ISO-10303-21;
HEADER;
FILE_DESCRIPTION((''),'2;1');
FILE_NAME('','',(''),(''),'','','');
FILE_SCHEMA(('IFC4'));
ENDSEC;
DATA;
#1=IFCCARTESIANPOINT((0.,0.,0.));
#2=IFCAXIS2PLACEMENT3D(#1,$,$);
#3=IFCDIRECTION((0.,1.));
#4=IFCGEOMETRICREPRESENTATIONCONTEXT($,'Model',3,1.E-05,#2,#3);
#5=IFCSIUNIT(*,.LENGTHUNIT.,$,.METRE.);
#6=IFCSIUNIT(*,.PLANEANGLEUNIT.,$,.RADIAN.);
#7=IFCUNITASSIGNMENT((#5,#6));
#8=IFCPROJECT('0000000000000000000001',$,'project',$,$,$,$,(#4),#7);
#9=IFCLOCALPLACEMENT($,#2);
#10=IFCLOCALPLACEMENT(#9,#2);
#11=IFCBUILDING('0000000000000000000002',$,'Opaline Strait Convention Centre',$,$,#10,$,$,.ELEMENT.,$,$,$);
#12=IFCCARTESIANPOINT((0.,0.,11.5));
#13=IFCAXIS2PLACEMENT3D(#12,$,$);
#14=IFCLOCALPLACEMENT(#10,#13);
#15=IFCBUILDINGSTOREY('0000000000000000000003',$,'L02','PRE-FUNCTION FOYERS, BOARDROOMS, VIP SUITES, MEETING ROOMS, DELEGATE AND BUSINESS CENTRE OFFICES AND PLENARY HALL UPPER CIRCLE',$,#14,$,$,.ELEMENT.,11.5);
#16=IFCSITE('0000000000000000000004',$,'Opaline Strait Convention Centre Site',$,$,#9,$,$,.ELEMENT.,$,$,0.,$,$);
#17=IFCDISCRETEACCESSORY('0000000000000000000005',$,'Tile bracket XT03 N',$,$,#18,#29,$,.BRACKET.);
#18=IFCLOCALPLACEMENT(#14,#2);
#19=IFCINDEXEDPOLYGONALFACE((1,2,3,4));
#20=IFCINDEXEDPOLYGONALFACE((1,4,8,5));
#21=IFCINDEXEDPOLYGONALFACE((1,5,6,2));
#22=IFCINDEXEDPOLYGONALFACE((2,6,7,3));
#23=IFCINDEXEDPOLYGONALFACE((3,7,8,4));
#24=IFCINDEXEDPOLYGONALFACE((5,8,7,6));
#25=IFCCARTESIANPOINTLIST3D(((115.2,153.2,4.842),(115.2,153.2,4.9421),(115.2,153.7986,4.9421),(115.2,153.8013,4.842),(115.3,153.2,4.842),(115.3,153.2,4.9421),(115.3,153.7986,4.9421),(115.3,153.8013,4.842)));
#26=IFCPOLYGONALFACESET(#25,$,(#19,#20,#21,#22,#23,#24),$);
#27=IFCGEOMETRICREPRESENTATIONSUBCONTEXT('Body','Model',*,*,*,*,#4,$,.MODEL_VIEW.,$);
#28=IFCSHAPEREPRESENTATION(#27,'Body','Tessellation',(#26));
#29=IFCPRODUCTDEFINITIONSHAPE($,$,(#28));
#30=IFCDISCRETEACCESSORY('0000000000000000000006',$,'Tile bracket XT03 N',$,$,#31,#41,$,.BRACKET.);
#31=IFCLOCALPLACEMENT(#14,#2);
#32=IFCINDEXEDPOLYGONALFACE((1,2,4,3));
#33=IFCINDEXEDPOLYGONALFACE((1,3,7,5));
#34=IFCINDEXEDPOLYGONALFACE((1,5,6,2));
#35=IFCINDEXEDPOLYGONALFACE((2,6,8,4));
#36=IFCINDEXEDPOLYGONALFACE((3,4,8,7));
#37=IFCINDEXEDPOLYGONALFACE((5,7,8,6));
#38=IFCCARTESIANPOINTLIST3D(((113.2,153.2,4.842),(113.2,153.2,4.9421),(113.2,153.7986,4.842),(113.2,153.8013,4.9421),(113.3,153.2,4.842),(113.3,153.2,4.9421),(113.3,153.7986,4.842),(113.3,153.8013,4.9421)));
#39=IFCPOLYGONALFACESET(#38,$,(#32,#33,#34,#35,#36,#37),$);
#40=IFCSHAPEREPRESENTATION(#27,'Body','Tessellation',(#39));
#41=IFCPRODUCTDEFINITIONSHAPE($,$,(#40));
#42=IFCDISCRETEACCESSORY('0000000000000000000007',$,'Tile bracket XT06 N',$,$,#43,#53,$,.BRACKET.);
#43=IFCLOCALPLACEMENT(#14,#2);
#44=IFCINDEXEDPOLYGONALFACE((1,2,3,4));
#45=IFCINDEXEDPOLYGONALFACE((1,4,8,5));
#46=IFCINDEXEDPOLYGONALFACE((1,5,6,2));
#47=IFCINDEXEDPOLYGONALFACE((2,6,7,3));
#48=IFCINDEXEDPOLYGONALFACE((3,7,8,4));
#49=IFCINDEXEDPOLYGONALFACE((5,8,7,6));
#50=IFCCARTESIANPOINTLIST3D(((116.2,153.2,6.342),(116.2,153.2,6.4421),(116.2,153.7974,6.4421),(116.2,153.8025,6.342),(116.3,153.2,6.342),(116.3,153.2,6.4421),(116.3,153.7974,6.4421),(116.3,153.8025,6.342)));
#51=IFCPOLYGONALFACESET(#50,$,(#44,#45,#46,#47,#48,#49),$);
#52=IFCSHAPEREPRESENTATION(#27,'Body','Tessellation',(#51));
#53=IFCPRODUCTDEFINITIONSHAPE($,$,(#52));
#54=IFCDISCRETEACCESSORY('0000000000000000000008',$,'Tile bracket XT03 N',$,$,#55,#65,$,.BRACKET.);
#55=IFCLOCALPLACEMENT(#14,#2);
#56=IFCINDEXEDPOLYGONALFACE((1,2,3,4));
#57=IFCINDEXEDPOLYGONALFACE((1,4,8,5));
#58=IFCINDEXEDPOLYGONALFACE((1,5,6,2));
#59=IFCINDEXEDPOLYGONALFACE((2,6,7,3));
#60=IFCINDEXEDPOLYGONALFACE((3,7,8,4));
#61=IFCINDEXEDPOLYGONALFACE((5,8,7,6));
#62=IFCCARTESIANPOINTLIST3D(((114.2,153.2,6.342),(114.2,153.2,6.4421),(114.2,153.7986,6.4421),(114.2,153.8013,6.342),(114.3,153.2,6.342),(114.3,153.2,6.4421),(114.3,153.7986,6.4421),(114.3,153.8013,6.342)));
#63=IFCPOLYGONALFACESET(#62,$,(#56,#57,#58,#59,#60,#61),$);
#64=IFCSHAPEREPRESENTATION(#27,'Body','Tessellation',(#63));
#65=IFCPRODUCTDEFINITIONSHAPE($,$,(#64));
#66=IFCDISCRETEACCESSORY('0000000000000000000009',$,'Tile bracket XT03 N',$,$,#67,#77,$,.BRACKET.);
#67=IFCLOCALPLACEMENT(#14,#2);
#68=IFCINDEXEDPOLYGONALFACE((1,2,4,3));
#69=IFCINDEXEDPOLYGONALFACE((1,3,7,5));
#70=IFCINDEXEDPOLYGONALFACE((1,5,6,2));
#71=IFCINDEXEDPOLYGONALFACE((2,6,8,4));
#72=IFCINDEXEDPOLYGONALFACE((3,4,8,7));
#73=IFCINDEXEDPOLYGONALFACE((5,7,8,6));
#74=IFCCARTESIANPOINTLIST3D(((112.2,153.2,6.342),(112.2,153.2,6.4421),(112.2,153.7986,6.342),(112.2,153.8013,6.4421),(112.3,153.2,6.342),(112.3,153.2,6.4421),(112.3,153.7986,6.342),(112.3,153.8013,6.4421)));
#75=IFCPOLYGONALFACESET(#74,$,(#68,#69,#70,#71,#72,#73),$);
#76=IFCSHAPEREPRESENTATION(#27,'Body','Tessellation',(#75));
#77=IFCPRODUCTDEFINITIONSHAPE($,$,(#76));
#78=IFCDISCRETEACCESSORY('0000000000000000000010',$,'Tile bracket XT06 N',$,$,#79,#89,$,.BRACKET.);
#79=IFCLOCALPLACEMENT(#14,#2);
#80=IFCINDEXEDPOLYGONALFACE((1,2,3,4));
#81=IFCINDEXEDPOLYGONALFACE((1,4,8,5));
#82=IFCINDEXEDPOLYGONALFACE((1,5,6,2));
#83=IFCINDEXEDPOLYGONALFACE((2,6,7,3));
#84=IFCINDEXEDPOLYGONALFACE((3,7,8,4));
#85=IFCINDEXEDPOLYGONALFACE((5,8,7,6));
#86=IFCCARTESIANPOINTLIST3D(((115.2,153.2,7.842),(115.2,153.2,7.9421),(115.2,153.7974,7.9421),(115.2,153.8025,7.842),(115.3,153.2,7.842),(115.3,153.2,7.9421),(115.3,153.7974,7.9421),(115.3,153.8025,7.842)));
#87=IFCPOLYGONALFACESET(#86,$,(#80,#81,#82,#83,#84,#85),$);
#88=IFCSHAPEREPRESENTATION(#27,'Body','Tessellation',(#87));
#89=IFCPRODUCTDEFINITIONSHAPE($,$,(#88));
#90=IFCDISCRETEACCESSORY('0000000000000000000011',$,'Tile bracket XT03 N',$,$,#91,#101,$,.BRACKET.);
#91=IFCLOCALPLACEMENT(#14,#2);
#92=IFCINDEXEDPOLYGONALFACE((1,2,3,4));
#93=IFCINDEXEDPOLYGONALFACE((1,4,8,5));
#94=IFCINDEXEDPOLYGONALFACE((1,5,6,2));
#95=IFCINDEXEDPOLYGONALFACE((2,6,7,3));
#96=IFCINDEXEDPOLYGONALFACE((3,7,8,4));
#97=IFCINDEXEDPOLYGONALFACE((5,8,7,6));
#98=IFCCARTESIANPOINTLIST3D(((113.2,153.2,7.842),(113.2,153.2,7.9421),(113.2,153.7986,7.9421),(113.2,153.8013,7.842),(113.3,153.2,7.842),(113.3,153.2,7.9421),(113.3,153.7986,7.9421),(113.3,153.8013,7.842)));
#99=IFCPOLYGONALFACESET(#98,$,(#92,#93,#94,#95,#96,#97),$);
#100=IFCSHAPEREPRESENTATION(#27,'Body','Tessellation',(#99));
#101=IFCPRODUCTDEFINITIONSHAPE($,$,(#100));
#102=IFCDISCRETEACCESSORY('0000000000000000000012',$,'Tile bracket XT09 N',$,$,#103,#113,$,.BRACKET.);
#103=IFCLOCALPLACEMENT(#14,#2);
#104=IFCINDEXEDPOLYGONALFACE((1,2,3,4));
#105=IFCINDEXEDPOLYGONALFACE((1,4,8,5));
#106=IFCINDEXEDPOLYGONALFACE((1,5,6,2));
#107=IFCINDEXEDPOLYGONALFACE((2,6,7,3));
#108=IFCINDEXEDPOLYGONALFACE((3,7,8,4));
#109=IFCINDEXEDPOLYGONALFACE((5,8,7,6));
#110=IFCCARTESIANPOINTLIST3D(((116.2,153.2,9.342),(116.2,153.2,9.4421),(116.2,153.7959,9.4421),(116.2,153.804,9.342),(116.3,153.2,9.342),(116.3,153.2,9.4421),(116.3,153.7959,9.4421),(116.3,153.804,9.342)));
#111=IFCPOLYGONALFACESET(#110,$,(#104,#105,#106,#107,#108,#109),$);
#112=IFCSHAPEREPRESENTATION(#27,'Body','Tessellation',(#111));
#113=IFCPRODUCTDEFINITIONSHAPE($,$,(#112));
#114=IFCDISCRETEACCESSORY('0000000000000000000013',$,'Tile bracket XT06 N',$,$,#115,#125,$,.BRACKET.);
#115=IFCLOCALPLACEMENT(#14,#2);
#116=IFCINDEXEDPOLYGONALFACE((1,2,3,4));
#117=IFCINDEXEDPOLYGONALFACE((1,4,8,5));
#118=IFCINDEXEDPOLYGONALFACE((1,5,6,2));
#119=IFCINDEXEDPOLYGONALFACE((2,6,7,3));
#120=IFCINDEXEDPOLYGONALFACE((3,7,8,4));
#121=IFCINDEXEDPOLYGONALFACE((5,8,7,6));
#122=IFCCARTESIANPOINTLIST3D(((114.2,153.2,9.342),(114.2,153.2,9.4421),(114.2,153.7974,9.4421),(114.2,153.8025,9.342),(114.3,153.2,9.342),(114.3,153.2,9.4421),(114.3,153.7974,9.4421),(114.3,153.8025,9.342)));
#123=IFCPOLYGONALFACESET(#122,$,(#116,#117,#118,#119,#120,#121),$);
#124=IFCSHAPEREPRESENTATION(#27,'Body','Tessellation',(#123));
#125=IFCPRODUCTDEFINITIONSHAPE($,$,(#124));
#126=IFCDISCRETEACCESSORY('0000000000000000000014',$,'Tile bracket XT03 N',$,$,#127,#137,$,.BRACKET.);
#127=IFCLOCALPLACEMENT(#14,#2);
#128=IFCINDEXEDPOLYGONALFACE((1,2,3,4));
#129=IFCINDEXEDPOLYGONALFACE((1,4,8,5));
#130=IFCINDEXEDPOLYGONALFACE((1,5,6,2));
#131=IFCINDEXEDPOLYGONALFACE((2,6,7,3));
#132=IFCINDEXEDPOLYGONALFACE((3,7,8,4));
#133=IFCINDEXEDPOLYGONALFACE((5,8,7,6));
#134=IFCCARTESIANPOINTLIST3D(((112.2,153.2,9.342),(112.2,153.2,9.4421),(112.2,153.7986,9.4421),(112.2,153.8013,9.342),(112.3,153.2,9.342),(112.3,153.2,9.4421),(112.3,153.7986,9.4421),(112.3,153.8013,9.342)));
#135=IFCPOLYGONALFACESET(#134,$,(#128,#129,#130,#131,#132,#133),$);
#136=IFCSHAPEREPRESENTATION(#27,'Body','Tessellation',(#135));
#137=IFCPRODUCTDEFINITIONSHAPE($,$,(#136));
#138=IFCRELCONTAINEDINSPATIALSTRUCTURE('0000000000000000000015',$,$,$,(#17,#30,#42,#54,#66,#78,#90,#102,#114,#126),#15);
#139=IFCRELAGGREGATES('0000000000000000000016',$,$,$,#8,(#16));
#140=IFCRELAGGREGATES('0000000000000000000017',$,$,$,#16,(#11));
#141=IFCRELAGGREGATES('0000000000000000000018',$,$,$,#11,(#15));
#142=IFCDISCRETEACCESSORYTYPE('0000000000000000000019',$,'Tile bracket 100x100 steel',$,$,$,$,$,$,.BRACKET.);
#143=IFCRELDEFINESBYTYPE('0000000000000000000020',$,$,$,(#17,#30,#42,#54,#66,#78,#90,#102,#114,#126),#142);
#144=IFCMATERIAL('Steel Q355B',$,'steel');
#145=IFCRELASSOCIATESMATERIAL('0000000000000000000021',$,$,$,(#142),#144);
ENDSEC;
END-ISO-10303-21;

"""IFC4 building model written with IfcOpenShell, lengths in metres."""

from ifc_helpers import new_model, si_unit, direction, frame, origin, place, context, subcontext, project, spatial, polyline, outline, extrude, material, type_object, element, save


model = new_model("IFC4")

# Units and contexts
model_context = context("Model", 3, precision=1e-05, world=origin(), true_north=direction((0.0, 1.0)))
body_context = subcontext(model_context, "Body", "Model", "MODEL_VIEW")
ifc_project = project(units=[si_unit("LENGTHUNIT", "METRE"), si_unit("PLANEANGLEUNIT", "RADIAN")], contexts=[model_context])

# Site, building, storey
site_placement = place(None, origin())
site = spatial("IfcSite", under=ifc_project, at=site_placement, Name="Opaline Strait Convention Centre Site", CompositionType="ELEMENT", RefElevation=0.0)
building_placement = place(site_placement, origin())
building = spatial("IfcBuilding", under=site, at=building_placement, Name="Opaline Strait Convention Centre", CompositionType="ELEMENT")
storey_placement = place(building_placement, frame((0.0, 0.0, 11.5)))
storey = spatial("IfcBuildingStorey", under=building, at=storey_placement, Name="L02", Description="PRE-FUNCTION FOYERS, BOARDROOMS, VIP SUITES, MEETING ROOMS, DELEGATE AND BUSINESS CENTRE OFFICES AND PLENARY HALL UPPER CIRCLE", CompositionType="ELEMENT", Elevation=11.5)

# Shared definitions
ifc_material_1 = material(Name="Steel Q355B", Category="steel")

# Discrete accessories
discrete_accessory_type = type_object("IfcDiscreteAccessoryType", Name="Tile bracket 100x100 steel", PredefinedType="BRACKET", material=ifc_material_1)
discrete_accessory_1_placement = place(storey_placement, frame((115.3, 153.2, 4.8921), z_axis=(-1.0, 0.0, 0.0), x_axis=(0.0, -1.0, 0.0)))
element("IfcDiscreteAccessory", 1, at=discrete_accessory_1_placement, inside=storey, type_object=discrete_accessory_type, Name="Tile bracket XT03 N", PredefinedType="BRACKET", context=body_context, shape_type="SweptSolid", body=[
    extrude(outline(polyline([(0.0, -0.05), (0.0, 0.05), (-0.5986, 0.05), (-0.6013, -0.05), (0.0, -0.05)])), origin(), (0.0, 0.0, 1.0), 0.1001),
])
discrete_accessory_2_placement = place(storey_placement, frame((113.3, 153.2, 4.8921), z_axis=(-1.0, 0.0, 0.0), x_axis=(0.0, -1.0, 0.0)))
element("IfcDiscreteAccessory", 2, at=discrete_accessory_2_placement, inside=storey, type_object=discrete_accessory_type, Name="Tile bracket XT03 N", PredefinedType="BRACKET", context=body_context, shape_type="SweptSolid", body=[
    extrude(outline(polyline([(0.0, -0.05), (0.0, 0.05), (-0.6013, 0.05), (-0.5986, -0.05), (0.0, -0.05)])), origin(), (0.0, 0.0, 1.0), 0.1001),
])
discrete_accessory_3_placement = place(storey_placement, frame((116.3, 153.2, 6.3921), z_axis=(-1.0, 0.0, 0.0), x_axis=(0.0, -1.0, 0.0)))
element("IfcDiscreteAccessory", 3, at=discrete_accessory_3_placement, inside=storey, type_object=discrete_accessory_type, Name="Tile bracket XT06 N", PredefinedType="BRACKET", context=body_context, shape_type="SweptSolid", body=[
    extrude(outline(polyline([(0.0, -0.05), (0.0, 0.05), (-0.5974, 0.05), (-0.6025, -0.05), (0.0, -0.05)])), origin(), (0.0, 0.0, 1.0), 0.1001),
])
discrete_accessory_4_placement = place(storey_placement, frame((114.3, 153.2, 6.3921), z_axis=(-1.0, 0.0, 0.0), x_axis=(0.0, -1.0, 0.0)))
element("IfcDiscreteAccessory", 4, at=discrete_accessory_4_placement, inside=storey, type_object=discrete_accessory_type, Name="Tile bracket XT03 N", PredefinedType="BRACKET", context=body_context, shape_type="SweptSolid", body=[
    extrude(outline(polyline([(0.0, -0.05), (0.0, 0.05), (-0.5986, 0.05), (-0.6013, -0.05), (0.0, -0.05)])), origin(), (0.0, 0.0, 1.0), 0.1001),
])
discrete_accessory_5_placement = place(storey_placement, frame((112.3, 153.2, 6.3921), z_axis=(-1.0, 0.0, 0.0), x_axis=(0.0, -1.0, 0.0)))
element("IfcDiscreteAccessory", 5, at=discrete_accessory_5_placement, inside=storey, type_object=discrete_accessory_type, Name="Tile bracket XT03 N", PredefinedType="BRACKET", context=body_context, shape_type="SweptSolid", body=[
    extrude(outline(polyline([(0.0, -0.05), (0.0, 0.05), (-0.6013, 0.05), (-0.5986, -0.05), (0.0, -0.05)])), origin(), (0.0, 0.0, 1.0), 0.1001),
])
discrete_accessory_6_placement = place(storey_placement, frame((115.3, 153.2, 7.8921), z_axis=(-1.0, 0.0, 0.0), x_axis=(0.0, -1.0, 0.0)))
element("IfcDiscreteAccessory", 6, at=discrete_accessory_6_placement, inside=storey, type_object=discrete_accessory_type, Name="Tile bracket XT06 N", PredefinedType="BRACKET", context=body_context, shape_type="SweptSolid", body=[
    extrude(outline(polyline([(0.0, -0.05), (0.0, 0.05), (-0.5974, 0.05), (-0.6025, -0.05), (0.0, -0.05)])), origin(), (0.0, 0.0, 1.0), 0.1001),
])
discrete_accessory_7_placement = place(storey_placement, frame((113.3, 153.2, 7.8921), z_axis=(-1.0, 0.0, 0.0), x_axis=(0.0, -1.0, 0.0)))
element("IfcDiscreteAccessory", 7, at=discrete_accessory_7_placement, inside=storey, type_object=discrete_accessory_type, Name="Tile bracket XT03 N", PredefinedType="BRACKET", context=body_context, shape_type="SweptSolid", body=[
    extrude(outline(polyline([(0.0, -0.05), (0.0, 0.05), (-0.5986, 0.05), (-0.6013, -0.05), (0.0, -0.05)])), origin(), (0.0, 0.0, 1.0), 0.1001),
])
discrete_accessory_8_placement = place(storey_placement, frame((116.3, 153.2, 9.3921), z_axis=(-1.0, 0.0, 0.0), x_axis=(0.0, -1.0, 0.0)))
element("IfcDiscreteAccessory", 8, at=discrete_accessory_8_placement, inside=storey, type_object=discrete_accessory_type, Name="Tile bracket XT09 N", PredefinedType="BRACKET", context=body_context, shape_type="SweptSolid", body=[
    extrude(outline(polyline([(0.0, -0.05), (0.0, 0.05), (-0.5959, 0.05), (-0.604, -0.05), (0.0, -0.05)])), origin(), (0.0, 0.0, 1.0), 0.1001),
])
discrete_accessory_9_placement = place(storey_placement, frame((114.3, 153.2, 9.3921), z_axis=(-1.0, 0.0, 0.0), x_axis=(0.0, -1.0, 0.0)))
element("IfcDiscreteAccessory", 9, at=discrete_accessory_9_placement, inside=storey, type_object=discrete_accessory_type, Name="Tile bracket XT06 N", PredefinedType="BRACKET", context=body_context, shape_type="SweptSolid", body=[
    extrude(outline(polyline([(0.0, -0.05), (0.0, 0.05), (-0.5974, 0.05), (-0.6025, -0.05), (0.0, -0.05)])), origin(), (0.0, 0.0, 1.0), 0.1001),
])
discrete_accessory_10_placement = place(storey_placement, frame((112.3, 153.2, 9.3921), z_axis=(-1.0, 0.0, 0.0), x_axis=(0.0, -1.0, 0.0)))
element("IfcDiscreteAccessory", 10, at=discrete_accessory_10_placement, inside=storey, type_object=discrete_accessory_type, Name="Tile bracket XT03 N", PredefinedType="BRACKET", context=body_context, shape_type="SweptSolid", body=[
    extrude(outline(polyline([(0.0, -0.05), (0.0, 0.05), (-0.5986, 0.05), (-0.6013, -0.05), (0.0, -0.05)])), origin(), (0.0, 0.0, 1.0), 0.1001),
])

save(model, "model.ifc")
